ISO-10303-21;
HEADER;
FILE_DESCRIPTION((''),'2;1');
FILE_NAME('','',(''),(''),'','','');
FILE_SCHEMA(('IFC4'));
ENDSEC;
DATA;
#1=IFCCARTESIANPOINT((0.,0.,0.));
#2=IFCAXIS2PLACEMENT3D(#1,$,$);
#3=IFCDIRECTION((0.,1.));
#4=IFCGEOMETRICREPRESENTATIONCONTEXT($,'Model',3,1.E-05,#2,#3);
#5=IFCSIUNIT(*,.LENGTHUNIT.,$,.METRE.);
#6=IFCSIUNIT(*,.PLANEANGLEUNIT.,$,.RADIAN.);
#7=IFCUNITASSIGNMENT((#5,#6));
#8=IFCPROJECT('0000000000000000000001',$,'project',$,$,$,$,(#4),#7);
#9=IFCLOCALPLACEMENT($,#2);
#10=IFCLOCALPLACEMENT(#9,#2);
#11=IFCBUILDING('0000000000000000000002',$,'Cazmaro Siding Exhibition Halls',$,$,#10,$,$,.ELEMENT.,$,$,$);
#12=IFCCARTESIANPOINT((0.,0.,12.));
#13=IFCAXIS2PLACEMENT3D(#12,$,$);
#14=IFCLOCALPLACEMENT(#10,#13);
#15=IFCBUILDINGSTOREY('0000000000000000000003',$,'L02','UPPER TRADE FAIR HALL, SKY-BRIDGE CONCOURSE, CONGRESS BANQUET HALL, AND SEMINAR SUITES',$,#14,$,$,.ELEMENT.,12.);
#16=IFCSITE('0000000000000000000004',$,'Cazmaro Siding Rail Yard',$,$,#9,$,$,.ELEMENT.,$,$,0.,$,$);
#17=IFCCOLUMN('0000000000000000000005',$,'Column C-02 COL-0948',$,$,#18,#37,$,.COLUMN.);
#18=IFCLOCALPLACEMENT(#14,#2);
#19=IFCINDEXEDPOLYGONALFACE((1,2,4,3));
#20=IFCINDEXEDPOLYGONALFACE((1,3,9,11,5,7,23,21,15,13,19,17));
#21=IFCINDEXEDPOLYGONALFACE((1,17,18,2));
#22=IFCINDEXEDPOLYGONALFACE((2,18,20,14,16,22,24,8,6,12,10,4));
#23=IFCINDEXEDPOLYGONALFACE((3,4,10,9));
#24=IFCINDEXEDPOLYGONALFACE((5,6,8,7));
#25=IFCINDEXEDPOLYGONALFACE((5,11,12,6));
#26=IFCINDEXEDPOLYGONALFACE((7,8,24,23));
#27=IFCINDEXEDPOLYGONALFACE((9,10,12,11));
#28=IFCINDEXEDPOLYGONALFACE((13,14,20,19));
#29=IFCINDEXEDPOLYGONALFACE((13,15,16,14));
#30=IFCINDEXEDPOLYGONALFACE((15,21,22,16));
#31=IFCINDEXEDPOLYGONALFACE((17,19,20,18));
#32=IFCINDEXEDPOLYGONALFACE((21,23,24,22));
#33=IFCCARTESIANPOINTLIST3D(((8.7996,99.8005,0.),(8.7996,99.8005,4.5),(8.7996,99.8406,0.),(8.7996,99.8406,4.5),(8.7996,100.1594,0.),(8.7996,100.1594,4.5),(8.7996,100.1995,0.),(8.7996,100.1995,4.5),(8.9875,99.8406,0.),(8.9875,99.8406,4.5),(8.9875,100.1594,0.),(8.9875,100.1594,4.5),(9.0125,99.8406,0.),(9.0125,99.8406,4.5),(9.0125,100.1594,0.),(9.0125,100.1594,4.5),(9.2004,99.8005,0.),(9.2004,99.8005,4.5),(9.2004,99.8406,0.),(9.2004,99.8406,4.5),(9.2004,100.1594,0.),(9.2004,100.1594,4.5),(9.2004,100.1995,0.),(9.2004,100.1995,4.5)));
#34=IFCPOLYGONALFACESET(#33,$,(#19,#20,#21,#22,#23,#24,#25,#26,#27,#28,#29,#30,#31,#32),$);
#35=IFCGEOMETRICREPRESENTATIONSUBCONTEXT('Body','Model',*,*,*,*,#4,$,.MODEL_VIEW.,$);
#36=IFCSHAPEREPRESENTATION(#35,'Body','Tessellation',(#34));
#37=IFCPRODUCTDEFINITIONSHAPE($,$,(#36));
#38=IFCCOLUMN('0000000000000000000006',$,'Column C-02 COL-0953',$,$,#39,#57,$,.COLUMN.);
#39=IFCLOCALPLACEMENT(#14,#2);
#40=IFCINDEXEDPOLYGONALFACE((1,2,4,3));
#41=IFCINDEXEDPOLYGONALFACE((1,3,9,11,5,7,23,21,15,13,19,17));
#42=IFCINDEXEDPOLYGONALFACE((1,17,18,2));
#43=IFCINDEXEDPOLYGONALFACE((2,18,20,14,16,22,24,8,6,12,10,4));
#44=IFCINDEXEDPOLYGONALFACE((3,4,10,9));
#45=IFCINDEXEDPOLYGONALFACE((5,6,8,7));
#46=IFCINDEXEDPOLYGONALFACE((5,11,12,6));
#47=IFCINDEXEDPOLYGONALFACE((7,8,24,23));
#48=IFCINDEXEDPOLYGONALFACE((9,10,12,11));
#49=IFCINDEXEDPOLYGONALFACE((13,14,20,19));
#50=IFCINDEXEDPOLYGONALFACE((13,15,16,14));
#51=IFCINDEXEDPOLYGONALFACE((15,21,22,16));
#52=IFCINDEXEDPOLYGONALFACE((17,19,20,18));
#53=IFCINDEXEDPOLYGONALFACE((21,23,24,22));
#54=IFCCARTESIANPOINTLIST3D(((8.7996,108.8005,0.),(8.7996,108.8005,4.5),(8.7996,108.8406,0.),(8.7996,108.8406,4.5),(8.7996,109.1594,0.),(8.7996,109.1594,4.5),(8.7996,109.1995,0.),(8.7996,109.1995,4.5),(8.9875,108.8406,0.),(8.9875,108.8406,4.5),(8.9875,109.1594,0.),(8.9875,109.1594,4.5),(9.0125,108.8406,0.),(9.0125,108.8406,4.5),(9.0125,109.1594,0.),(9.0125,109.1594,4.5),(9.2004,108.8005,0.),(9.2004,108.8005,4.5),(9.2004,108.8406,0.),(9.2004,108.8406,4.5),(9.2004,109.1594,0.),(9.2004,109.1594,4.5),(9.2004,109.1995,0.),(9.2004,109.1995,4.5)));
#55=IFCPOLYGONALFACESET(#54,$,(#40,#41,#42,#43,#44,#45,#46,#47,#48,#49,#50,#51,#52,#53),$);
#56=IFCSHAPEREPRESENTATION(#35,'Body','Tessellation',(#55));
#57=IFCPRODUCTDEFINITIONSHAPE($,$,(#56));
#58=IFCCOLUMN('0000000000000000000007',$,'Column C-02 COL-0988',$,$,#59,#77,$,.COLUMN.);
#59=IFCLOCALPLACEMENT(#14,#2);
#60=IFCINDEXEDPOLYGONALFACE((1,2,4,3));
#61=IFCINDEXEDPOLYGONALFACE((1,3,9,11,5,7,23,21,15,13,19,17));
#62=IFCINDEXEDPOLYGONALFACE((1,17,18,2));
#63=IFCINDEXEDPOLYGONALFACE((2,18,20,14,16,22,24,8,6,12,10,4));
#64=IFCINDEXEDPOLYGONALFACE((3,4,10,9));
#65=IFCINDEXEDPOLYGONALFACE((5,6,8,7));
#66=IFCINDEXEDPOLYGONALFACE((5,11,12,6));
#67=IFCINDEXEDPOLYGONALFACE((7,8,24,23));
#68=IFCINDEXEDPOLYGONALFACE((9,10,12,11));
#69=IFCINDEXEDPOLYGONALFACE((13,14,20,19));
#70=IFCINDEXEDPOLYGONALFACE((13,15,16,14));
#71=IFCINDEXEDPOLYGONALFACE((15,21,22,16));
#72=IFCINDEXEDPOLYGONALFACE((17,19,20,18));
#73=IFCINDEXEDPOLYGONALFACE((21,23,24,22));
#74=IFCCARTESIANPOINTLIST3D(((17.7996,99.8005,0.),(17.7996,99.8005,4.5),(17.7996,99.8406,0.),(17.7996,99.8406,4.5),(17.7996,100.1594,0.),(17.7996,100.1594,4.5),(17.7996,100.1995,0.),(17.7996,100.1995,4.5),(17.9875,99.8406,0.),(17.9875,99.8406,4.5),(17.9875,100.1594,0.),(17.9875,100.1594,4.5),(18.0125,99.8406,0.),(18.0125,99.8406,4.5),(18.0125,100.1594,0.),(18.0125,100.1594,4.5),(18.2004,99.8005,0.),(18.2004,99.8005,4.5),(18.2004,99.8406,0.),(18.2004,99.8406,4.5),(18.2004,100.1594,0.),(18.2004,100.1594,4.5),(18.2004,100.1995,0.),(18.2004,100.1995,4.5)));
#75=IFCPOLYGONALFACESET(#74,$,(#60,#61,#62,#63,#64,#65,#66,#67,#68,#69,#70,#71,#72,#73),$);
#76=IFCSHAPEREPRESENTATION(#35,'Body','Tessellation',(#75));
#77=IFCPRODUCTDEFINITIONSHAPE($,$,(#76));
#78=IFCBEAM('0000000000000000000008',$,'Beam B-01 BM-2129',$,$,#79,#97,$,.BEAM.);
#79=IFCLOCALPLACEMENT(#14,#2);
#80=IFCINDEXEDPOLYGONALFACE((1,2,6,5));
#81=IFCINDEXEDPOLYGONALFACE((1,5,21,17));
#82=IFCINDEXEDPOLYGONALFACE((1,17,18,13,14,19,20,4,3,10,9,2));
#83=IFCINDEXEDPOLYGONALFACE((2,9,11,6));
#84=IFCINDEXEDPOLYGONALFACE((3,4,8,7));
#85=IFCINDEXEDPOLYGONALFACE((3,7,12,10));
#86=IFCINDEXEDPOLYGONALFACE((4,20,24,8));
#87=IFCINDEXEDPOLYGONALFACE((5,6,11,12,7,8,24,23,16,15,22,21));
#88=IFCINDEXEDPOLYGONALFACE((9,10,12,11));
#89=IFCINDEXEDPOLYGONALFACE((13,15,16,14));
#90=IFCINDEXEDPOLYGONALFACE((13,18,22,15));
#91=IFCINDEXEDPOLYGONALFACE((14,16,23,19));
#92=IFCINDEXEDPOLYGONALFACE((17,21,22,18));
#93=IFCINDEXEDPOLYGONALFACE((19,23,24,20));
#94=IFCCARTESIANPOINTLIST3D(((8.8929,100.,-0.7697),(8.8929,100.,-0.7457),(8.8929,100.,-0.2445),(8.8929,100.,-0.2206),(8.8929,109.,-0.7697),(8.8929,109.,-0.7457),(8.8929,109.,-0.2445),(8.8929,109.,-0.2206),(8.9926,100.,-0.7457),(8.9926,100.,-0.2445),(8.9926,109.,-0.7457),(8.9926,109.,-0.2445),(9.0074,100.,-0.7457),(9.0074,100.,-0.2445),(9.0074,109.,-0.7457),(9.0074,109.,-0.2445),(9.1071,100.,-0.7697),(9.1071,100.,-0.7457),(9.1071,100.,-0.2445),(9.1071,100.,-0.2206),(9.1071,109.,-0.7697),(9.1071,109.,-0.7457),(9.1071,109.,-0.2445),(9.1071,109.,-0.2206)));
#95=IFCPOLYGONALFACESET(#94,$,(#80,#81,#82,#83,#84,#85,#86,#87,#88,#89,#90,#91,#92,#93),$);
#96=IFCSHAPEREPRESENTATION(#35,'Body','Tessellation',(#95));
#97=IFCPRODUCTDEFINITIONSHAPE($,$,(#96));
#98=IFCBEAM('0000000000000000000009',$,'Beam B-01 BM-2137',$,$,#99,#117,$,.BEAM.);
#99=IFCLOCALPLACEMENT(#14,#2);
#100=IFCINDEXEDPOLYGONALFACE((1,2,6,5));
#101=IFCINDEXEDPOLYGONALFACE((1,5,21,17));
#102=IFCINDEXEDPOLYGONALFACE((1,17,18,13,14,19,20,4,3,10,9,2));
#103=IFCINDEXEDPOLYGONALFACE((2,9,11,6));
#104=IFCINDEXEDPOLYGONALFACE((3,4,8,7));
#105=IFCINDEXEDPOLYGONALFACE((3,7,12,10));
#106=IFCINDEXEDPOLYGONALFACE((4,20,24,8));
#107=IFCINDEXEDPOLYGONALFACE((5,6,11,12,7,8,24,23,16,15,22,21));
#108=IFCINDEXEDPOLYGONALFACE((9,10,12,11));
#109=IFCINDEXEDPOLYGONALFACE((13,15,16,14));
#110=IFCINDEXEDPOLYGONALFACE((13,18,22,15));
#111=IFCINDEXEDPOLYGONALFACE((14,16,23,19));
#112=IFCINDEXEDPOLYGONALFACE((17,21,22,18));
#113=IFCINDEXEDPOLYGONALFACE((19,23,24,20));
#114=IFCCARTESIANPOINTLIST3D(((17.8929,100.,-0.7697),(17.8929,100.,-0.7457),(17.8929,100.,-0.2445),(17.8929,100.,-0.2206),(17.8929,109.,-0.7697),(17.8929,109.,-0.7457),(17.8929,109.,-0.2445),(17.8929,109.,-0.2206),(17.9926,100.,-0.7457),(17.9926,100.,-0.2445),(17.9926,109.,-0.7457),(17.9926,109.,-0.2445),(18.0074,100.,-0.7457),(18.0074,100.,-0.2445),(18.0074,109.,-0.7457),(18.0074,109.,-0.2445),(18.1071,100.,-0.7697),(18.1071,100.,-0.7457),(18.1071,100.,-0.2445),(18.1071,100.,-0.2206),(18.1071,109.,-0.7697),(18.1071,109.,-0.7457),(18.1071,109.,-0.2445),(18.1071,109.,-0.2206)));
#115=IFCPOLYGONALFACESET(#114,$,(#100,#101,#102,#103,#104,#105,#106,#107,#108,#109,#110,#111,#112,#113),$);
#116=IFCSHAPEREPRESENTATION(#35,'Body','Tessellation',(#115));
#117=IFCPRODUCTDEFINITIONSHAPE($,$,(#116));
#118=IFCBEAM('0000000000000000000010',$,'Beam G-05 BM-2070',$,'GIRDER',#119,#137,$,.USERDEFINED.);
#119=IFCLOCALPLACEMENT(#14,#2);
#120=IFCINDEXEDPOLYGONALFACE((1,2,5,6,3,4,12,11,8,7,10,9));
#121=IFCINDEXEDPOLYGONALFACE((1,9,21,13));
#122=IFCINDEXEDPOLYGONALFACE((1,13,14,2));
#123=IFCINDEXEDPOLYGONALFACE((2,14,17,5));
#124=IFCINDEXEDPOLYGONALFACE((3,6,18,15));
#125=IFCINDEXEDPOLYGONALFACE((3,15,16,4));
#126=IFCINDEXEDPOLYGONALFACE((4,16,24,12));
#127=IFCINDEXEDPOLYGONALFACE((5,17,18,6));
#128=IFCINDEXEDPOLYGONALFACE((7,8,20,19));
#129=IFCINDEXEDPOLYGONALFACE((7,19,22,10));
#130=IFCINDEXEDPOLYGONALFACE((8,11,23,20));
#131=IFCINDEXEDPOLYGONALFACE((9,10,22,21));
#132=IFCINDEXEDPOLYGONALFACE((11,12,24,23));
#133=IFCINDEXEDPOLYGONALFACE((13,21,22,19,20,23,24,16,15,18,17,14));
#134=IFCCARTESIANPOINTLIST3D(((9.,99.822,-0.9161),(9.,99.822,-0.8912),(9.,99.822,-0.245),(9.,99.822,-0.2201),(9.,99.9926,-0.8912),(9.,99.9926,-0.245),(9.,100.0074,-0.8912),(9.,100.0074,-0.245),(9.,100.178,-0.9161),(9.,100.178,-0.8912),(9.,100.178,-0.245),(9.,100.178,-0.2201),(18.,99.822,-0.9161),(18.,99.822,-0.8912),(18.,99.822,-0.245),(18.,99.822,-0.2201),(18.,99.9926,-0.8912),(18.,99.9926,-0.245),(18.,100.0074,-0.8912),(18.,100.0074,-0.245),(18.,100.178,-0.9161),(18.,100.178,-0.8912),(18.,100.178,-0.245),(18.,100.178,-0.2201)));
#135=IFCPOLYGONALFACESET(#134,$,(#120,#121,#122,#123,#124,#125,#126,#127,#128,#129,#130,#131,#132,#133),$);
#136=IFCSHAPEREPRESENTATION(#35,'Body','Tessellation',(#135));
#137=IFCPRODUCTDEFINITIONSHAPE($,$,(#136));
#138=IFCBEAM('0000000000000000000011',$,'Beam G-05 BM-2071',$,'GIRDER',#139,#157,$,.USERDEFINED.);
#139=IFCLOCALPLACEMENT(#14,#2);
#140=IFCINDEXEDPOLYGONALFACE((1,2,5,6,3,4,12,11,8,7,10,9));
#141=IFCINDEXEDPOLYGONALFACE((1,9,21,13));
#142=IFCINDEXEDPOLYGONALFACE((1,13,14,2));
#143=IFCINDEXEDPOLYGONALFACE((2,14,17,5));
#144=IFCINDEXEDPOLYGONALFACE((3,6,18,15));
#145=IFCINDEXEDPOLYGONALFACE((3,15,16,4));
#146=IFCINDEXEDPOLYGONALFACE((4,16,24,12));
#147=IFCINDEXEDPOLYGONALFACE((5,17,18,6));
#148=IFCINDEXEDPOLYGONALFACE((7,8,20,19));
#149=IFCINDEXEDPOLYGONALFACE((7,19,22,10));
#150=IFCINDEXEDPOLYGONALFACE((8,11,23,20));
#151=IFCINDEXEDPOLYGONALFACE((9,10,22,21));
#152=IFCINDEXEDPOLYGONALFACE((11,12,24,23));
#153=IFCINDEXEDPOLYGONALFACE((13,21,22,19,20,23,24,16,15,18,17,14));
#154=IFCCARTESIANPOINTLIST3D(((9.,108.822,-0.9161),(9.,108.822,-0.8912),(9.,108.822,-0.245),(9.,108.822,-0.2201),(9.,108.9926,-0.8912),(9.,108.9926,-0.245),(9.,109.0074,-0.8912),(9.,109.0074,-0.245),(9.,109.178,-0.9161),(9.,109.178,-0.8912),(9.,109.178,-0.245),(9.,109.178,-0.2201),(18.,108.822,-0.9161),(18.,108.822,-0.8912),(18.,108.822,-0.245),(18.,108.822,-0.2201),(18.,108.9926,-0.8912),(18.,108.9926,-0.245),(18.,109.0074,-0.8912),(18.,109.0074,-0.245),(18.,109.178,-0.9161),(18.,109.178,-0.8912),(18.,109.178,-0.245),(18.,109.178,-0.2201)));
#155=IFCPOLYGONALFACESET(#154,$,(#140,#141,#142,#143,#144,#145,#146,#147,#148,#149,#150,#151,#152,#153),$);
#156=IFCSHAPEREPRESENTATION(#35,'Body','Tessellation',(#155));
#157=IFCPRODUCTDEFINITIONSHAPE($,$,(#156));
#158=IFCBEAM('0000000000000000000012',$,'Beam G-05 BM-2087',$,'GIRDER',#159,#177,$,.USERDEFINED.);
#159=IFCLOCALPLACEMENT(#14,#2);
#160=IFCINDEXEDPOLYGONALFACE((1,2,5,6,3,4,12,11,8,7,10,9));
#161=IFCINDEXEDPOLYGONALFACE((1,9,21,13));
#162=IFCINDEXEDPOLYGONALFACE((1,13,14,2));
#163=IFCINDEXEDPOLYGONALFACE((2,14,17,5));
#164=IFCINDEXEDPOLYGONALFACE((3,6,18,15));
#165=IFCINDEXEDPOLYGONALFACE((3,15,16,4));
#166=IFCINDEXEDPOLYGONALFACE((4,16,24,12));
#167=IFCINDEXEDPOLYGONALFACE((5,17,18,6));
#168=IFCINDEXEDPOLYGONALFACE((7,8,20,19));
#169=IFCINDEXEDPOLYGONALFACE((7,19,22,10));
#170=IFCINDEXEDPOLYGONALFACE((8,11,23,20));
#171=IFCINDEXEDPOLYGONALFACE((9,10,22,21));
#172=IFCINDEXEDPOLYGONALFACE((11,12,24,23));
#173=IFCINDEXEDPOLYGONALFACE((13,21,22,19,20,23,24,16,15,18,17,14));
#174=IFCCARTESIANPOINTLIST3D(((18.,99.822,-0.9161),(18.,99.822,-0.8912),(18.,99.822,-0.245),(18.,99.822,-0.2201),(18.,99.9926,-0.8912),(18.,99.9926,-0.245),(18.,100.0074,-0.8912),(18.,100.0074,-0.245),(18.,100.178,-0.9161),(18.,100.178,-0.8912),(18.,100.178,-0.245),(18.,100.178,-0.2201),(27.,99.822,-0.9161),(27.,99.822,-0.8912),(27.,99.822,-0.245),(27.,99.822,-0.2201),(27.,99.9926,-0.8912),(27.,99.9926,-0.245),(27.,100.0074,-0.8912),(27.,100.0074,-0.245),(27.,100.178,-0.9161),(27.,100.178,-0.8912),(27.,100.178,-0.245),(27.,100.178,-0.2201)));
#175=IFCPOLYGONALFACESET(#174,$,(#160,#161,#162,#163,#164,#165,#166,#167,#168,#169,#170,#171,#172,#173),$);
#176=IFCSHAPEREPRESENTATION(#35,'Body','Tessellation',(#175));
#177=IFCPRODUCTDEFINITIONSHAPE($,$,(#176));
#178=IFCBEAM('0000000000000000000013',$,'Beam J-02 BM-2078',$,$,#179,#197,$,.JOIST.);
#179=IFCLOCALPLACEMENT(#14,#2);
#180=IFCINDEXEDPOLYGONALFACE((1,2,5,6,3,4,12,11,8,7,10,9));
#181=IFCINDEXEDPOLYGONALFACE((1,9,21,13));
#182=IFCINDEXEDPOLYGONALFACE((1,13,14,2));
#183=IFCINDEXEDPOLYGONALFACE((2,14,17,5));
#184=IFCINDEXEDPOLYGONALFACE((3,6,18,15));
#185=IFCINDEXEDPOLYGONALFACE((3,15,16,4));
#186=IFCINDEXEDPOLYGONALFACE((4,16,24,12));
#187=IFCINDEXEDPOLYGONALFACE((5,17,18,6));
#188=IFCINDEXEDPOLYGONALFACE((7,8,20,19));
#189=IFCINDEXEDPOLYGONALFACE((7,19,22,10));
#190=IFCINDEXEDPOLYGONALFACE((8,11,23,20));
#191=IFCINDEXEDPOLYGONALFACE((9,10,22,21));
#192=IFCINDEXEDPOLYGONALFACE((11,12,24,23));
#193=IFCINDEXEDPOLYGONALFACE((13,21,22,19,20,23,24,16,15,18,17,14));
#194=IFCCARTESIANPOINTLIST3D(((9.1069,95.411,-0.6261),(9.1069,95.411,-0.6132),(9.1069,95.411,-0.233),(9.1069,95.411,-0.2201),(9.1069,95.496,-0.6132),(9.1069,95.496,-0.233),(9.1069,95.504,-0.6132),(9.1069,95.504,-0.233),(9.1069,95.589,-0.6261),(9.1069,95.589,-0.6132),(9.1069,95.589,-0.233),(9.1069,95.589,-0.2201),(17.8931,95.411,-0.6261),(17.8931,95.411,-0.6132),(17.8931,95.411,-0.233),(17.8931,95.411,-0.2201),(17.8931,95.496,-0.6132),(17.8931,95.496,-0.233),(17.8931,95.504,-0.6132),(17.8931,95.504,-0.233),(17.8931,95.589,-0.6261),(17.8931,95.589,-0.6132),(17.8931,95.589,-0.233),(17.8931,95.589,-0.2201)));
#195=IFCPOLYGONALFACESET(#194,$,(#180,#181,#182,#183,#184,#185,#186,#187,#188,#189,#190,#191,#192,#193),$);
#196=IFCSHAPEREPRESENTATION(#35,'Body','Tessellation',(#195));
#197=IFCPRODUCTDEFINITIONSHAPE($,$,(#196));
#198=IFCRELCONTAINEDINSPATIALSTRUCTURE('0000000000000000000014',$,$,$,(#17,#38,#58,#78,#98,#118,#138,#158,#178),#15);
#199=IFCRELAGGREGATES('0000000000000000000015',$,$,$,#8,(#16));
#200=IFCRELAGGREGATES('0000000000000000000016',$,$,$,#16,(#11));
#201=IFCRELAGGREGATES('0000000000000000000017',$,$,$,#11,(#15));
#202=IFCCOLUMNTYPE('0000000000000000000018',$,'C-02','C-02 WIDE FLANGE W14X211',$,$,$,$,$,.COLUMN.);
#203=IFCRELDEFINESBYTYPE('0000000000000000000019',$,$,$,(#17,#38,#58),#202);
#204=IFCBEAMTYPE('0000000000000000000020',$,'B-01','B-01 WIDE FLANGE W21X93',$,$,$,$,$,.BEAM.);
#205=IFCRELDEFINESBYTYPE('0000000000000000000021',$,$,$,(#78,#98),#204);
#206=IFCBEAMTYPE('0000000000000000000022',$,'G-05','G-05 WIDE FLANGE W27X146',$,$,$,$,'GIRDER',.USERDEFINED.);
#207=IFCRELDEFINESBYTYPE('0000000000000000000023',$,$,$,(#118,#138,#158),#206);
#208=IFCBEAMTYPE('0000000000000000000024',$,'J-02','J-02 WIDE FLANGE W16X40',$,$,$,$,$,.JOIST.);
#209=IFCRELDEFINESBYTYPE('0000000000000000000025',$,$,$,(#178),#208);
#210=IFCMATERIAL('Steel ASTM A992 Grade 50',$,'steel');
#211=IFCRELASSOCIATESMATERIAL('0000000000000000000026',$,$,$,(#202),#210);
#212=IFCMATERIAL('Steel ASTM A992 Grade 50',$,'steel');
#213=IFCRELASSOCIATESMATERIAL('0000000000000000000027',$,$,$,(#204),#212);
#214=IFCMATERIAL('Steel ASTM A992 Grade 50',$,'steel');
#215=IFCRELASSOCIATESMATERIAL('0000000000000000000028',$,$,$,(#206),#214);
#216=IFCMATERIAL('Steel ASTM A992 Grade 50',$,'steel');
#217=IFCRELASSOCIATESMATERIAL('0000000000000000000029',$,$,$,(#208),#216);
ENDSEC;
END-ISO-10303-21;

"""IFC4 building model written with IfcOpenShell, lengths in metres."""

from ifc_helpers import new_model, si_unit, direction, frame, origin, origin_2d, place, context, subcontext, project, spatial, i_section, extrude, material, material_profile, profile_set, type_object, element, save


model = new_model("IFC4")

# Units and contexts
model_context = context("Model", 3, precision=1e-05, world=origin(), true_north=direction((0.0, 1.0)))
body_context = subcontext(model_context, "Body", "Model", "MODEL_VIEW")
ifc_project = project(units=[si_unit("LENGTHUNIT", "METRE"), si_unit("PLANEANGLEUNIT", "RADIAN")], contexts=[model_context])

# Site, building, storey
site_placement = place(None, origin())
site = spatial("IfcSite", under=ifc_project, at=site_placement, Name="Cazmaro Siding Rail Yard", CompositionType="ELEMENT", RefElevation=0.0)
building_placement = place(site_placement, origin())
building = spatial("IfcBuilding", under=site, at=building_placement, Name="Cazmaro Siding Exhibition Halls", CompositionType="ELEMENT")
storey_placement = place(building_placement, frame((0.0, 0.0, 12.0)))
storey = spatial("IfcBuildingStorey", under=building, at=storey_placement, Name="L02", Description="UPPER TRADE FAIR HALL, SKY-BRIDGE CONCOURSE, CONGRESS BANQUET HALL, AND SEMINAR SUITES", CompositionType="ELEMENT", Elevation=12.0)

# Columns
ifc_material_1 = material(Name="Steel ASTM A992 Grade 50", Category="steel")
ifc_material_profile_1 = material_profile(ifc_material_1, i_section(OverallWidth=0.4009, OverallDepth=0.3989, WebThickness=0.0249, FlangeThickness=0.04, at=origin_2d()), Name="W14X211")
ifc_profile_set_1 = profile_set([ifc_material_profile_1], Name="Steel ASTM A992 Grade 50")
column_type = type_object("IfcColumnType", Name="C-02", Description="C-02 WIDE FLANGE W14X211", PredefinedType="COLUMN", material=ifc_profile_set_1)
for number, where, z_axis, x_axis, name in (
    (1, (9.0, 100.0, 0.0), (0.0, 0.0, 1.0), (1.0, 0.0, 0.0), "Column C-02 COL-0948"),
    (2, (9.0, 109.0, 0.0), (0.0, 0.0, 1.0), (1.0, 0.0, 0.0), "Column C-02 COL-0953"),
    (3, (18.0, 100.0, 0.0), (0.0, 0.0, 1.0), (1.0, 0.0, 0.0), "Column C-02 COL-0988"),
):
    element("IfcColumn", number, at=place(storey_placement, frame(where, z_axis=z_axis, x_axis=x_axis)), inside=storey, type_object=column_type, Name=name, PredefinedType="COLUMN", context=body_context, shape_type="SweptSolid", body=[
        extrude(i_section(OverallWidth=0.4009, OverallDepth=0.3989, WebThickness=0.0249, FlangeThickness=0.04, at=origin_2d()), origin(), (0.0, 0.0, 1.0), 4.5),
    ])

# Beams
ifc_material_2 = material(Name="Steel ASTM A992 Grade 50", Category="steel")
ifc_material_profile_2 = material_profile(ifc_material_2, i_section(OverallWidth=0.2141, OverallDepth=0.5491, WebThickness=0.0149, FlangeThickness=0.0239, at=origin_2d()), Name="W21X93")
ifc_profile_set_2 = profile_set([ifc_material_profile_2], Name="Steel ASTM A992 Grade 50")
beam_type_1 = type_object("IfcBeamType", Name="B-01", Description="B-01 WIDE FLANGE W21X93", PredefinedType="BEAM", material=ifc_profile_set_2)
for number, where, z_axis, x_axis, name in (
    (4, (9.0, 100.0, -0.4951), (0.0, 1.0, 0.0), (-1.0, 0.0, 0.0), "Beam B-01 BM-2129"),
    (5, (18.0, 100.0, -0.4951), (0.0, 1.0, 0.0), (-1.0, 0.0, 0.0), "Beam B-01 BM-2137"),
):
    element("IfcBeam", number, at=place(storey_placement, frame(where, z_axis=z_axis, x_axis=x_axis)), inside=storey, type_object=beam_type_1, Name=name, PredefinedType="BEAM", context=body_context, shape_type="SweptSolid", body=[
        extrude(i_section(OverallWidth=0.2141, OverallDepth=0.5491, WebThickness=0.0149, FlangeThickness=0.0239, at=origin_2d()), origin(), (0.0, 0.0, 1.0), 9.0),
    ])
ifc_material_3 = material(Name="Steel ASTM A992 Grade 50", Category="steel")
ifc_material_profile_3 = material_profile(ifc_material_3, i_section(OverallWidth=0.356, OverallDepth=0.696, WebThickness=0.0149, FlangeThickness=0.0249, at=origin_2d()), Name="W27X146")
ifc_profile_set_3 = profile_set([ifc_material_profile_3], Name="Steel ASTM A992 Grade 50")
beam_type_2 = type_object("IfcBeamType", Name="G-05", Description="G-05 WIDE FLANGE W27X146", ElementType="GIRDER", PredefinedType="USERDEFINED", material=ifc_profile_set_3)
for number, where, z_axis, x_axis, name in (
    (6, (9.0, 100.0, -0.5681), (1.0, 0.0, 0.0), (0.0, 1.0, 0.0), "Beam G-05 BM-2070"),
    (7, (9.0, 109.0, -0.5681), (1.0, 0.0, 0.0), (0.0, 1.0, 0.0), "Beam G-05 BM-2071"),
    (8, (18.0, 100.0, -0.5681), (1.0, 0.0, 0.0), (0.0, 1.0, 0.0), "Beam G-05 BM-2087"),
):
    element("IfcBeam", number, at=place(storey_placement, frame(where, z_axis=z_axis, x_axis=x_axis)), inside=storey, type_object=beam_type_2, Name=name, ObjectType="GIRDER", PredefinedType="USERDEFINED", context=body_context, shape_type="SweptSolid", body=[
        extrude(i_section(OverallWidth=0.356, OverallDepth=0.696, WebThickness=0.0149, FlangeThickness=0.0249, at=origin_2d()), origin(), (0.0, 0.0, 1.0), 9.0),
    ])
ifc_material_4 = material(Name="Steel ASTM A992 Grade 50", Category="steel")
ifc_material_profile_4 = material_profile(ifc_material_4, i_section(OverallWidth=0.178, OverallDepth=0.406, WebThickness=0.0081, FlangeThickness=0.0129, at=origin_2d()), Name="W16X40")
ifc_profile_set_4 = profile_set([ifc_material_profile_4], Name="Steel ASTM A992 Grade 50")
beam_type_3 = type_object("IfcBeamType", Name="J-02", Description="J-02 WIDE FLANGE W16X40", PredefinedType="JOIST", material=ifc_profile_set_4)
for number, where, z_axis, x_axis, name in (
    (9, (9.1069, 95.5, -0.4231), (1.0, 0.0, 0.0), (0.0, 1.0, 0.0), "Beam J-02 BM-2078"),
):
    element("IfcBeam", number, at=place(storey_placement, frame(where, z_axis=z_axis, x_axis=x_axis)), inside=storey, type_object=beam_type_3, Name=name, PredefinedType="JOIST", context=body_context, shape_type="SweptSolid", body=[
        extrude(i_section(OverallWidth=0.178, OverallDepth=0.406, WebThickness=0.0081, FlangeThickness=0.0129, at=origin_2d()), origin(), (0.0, 0.0, 1.0), 8.7861),
    ])

save(model, "model.ifc")
